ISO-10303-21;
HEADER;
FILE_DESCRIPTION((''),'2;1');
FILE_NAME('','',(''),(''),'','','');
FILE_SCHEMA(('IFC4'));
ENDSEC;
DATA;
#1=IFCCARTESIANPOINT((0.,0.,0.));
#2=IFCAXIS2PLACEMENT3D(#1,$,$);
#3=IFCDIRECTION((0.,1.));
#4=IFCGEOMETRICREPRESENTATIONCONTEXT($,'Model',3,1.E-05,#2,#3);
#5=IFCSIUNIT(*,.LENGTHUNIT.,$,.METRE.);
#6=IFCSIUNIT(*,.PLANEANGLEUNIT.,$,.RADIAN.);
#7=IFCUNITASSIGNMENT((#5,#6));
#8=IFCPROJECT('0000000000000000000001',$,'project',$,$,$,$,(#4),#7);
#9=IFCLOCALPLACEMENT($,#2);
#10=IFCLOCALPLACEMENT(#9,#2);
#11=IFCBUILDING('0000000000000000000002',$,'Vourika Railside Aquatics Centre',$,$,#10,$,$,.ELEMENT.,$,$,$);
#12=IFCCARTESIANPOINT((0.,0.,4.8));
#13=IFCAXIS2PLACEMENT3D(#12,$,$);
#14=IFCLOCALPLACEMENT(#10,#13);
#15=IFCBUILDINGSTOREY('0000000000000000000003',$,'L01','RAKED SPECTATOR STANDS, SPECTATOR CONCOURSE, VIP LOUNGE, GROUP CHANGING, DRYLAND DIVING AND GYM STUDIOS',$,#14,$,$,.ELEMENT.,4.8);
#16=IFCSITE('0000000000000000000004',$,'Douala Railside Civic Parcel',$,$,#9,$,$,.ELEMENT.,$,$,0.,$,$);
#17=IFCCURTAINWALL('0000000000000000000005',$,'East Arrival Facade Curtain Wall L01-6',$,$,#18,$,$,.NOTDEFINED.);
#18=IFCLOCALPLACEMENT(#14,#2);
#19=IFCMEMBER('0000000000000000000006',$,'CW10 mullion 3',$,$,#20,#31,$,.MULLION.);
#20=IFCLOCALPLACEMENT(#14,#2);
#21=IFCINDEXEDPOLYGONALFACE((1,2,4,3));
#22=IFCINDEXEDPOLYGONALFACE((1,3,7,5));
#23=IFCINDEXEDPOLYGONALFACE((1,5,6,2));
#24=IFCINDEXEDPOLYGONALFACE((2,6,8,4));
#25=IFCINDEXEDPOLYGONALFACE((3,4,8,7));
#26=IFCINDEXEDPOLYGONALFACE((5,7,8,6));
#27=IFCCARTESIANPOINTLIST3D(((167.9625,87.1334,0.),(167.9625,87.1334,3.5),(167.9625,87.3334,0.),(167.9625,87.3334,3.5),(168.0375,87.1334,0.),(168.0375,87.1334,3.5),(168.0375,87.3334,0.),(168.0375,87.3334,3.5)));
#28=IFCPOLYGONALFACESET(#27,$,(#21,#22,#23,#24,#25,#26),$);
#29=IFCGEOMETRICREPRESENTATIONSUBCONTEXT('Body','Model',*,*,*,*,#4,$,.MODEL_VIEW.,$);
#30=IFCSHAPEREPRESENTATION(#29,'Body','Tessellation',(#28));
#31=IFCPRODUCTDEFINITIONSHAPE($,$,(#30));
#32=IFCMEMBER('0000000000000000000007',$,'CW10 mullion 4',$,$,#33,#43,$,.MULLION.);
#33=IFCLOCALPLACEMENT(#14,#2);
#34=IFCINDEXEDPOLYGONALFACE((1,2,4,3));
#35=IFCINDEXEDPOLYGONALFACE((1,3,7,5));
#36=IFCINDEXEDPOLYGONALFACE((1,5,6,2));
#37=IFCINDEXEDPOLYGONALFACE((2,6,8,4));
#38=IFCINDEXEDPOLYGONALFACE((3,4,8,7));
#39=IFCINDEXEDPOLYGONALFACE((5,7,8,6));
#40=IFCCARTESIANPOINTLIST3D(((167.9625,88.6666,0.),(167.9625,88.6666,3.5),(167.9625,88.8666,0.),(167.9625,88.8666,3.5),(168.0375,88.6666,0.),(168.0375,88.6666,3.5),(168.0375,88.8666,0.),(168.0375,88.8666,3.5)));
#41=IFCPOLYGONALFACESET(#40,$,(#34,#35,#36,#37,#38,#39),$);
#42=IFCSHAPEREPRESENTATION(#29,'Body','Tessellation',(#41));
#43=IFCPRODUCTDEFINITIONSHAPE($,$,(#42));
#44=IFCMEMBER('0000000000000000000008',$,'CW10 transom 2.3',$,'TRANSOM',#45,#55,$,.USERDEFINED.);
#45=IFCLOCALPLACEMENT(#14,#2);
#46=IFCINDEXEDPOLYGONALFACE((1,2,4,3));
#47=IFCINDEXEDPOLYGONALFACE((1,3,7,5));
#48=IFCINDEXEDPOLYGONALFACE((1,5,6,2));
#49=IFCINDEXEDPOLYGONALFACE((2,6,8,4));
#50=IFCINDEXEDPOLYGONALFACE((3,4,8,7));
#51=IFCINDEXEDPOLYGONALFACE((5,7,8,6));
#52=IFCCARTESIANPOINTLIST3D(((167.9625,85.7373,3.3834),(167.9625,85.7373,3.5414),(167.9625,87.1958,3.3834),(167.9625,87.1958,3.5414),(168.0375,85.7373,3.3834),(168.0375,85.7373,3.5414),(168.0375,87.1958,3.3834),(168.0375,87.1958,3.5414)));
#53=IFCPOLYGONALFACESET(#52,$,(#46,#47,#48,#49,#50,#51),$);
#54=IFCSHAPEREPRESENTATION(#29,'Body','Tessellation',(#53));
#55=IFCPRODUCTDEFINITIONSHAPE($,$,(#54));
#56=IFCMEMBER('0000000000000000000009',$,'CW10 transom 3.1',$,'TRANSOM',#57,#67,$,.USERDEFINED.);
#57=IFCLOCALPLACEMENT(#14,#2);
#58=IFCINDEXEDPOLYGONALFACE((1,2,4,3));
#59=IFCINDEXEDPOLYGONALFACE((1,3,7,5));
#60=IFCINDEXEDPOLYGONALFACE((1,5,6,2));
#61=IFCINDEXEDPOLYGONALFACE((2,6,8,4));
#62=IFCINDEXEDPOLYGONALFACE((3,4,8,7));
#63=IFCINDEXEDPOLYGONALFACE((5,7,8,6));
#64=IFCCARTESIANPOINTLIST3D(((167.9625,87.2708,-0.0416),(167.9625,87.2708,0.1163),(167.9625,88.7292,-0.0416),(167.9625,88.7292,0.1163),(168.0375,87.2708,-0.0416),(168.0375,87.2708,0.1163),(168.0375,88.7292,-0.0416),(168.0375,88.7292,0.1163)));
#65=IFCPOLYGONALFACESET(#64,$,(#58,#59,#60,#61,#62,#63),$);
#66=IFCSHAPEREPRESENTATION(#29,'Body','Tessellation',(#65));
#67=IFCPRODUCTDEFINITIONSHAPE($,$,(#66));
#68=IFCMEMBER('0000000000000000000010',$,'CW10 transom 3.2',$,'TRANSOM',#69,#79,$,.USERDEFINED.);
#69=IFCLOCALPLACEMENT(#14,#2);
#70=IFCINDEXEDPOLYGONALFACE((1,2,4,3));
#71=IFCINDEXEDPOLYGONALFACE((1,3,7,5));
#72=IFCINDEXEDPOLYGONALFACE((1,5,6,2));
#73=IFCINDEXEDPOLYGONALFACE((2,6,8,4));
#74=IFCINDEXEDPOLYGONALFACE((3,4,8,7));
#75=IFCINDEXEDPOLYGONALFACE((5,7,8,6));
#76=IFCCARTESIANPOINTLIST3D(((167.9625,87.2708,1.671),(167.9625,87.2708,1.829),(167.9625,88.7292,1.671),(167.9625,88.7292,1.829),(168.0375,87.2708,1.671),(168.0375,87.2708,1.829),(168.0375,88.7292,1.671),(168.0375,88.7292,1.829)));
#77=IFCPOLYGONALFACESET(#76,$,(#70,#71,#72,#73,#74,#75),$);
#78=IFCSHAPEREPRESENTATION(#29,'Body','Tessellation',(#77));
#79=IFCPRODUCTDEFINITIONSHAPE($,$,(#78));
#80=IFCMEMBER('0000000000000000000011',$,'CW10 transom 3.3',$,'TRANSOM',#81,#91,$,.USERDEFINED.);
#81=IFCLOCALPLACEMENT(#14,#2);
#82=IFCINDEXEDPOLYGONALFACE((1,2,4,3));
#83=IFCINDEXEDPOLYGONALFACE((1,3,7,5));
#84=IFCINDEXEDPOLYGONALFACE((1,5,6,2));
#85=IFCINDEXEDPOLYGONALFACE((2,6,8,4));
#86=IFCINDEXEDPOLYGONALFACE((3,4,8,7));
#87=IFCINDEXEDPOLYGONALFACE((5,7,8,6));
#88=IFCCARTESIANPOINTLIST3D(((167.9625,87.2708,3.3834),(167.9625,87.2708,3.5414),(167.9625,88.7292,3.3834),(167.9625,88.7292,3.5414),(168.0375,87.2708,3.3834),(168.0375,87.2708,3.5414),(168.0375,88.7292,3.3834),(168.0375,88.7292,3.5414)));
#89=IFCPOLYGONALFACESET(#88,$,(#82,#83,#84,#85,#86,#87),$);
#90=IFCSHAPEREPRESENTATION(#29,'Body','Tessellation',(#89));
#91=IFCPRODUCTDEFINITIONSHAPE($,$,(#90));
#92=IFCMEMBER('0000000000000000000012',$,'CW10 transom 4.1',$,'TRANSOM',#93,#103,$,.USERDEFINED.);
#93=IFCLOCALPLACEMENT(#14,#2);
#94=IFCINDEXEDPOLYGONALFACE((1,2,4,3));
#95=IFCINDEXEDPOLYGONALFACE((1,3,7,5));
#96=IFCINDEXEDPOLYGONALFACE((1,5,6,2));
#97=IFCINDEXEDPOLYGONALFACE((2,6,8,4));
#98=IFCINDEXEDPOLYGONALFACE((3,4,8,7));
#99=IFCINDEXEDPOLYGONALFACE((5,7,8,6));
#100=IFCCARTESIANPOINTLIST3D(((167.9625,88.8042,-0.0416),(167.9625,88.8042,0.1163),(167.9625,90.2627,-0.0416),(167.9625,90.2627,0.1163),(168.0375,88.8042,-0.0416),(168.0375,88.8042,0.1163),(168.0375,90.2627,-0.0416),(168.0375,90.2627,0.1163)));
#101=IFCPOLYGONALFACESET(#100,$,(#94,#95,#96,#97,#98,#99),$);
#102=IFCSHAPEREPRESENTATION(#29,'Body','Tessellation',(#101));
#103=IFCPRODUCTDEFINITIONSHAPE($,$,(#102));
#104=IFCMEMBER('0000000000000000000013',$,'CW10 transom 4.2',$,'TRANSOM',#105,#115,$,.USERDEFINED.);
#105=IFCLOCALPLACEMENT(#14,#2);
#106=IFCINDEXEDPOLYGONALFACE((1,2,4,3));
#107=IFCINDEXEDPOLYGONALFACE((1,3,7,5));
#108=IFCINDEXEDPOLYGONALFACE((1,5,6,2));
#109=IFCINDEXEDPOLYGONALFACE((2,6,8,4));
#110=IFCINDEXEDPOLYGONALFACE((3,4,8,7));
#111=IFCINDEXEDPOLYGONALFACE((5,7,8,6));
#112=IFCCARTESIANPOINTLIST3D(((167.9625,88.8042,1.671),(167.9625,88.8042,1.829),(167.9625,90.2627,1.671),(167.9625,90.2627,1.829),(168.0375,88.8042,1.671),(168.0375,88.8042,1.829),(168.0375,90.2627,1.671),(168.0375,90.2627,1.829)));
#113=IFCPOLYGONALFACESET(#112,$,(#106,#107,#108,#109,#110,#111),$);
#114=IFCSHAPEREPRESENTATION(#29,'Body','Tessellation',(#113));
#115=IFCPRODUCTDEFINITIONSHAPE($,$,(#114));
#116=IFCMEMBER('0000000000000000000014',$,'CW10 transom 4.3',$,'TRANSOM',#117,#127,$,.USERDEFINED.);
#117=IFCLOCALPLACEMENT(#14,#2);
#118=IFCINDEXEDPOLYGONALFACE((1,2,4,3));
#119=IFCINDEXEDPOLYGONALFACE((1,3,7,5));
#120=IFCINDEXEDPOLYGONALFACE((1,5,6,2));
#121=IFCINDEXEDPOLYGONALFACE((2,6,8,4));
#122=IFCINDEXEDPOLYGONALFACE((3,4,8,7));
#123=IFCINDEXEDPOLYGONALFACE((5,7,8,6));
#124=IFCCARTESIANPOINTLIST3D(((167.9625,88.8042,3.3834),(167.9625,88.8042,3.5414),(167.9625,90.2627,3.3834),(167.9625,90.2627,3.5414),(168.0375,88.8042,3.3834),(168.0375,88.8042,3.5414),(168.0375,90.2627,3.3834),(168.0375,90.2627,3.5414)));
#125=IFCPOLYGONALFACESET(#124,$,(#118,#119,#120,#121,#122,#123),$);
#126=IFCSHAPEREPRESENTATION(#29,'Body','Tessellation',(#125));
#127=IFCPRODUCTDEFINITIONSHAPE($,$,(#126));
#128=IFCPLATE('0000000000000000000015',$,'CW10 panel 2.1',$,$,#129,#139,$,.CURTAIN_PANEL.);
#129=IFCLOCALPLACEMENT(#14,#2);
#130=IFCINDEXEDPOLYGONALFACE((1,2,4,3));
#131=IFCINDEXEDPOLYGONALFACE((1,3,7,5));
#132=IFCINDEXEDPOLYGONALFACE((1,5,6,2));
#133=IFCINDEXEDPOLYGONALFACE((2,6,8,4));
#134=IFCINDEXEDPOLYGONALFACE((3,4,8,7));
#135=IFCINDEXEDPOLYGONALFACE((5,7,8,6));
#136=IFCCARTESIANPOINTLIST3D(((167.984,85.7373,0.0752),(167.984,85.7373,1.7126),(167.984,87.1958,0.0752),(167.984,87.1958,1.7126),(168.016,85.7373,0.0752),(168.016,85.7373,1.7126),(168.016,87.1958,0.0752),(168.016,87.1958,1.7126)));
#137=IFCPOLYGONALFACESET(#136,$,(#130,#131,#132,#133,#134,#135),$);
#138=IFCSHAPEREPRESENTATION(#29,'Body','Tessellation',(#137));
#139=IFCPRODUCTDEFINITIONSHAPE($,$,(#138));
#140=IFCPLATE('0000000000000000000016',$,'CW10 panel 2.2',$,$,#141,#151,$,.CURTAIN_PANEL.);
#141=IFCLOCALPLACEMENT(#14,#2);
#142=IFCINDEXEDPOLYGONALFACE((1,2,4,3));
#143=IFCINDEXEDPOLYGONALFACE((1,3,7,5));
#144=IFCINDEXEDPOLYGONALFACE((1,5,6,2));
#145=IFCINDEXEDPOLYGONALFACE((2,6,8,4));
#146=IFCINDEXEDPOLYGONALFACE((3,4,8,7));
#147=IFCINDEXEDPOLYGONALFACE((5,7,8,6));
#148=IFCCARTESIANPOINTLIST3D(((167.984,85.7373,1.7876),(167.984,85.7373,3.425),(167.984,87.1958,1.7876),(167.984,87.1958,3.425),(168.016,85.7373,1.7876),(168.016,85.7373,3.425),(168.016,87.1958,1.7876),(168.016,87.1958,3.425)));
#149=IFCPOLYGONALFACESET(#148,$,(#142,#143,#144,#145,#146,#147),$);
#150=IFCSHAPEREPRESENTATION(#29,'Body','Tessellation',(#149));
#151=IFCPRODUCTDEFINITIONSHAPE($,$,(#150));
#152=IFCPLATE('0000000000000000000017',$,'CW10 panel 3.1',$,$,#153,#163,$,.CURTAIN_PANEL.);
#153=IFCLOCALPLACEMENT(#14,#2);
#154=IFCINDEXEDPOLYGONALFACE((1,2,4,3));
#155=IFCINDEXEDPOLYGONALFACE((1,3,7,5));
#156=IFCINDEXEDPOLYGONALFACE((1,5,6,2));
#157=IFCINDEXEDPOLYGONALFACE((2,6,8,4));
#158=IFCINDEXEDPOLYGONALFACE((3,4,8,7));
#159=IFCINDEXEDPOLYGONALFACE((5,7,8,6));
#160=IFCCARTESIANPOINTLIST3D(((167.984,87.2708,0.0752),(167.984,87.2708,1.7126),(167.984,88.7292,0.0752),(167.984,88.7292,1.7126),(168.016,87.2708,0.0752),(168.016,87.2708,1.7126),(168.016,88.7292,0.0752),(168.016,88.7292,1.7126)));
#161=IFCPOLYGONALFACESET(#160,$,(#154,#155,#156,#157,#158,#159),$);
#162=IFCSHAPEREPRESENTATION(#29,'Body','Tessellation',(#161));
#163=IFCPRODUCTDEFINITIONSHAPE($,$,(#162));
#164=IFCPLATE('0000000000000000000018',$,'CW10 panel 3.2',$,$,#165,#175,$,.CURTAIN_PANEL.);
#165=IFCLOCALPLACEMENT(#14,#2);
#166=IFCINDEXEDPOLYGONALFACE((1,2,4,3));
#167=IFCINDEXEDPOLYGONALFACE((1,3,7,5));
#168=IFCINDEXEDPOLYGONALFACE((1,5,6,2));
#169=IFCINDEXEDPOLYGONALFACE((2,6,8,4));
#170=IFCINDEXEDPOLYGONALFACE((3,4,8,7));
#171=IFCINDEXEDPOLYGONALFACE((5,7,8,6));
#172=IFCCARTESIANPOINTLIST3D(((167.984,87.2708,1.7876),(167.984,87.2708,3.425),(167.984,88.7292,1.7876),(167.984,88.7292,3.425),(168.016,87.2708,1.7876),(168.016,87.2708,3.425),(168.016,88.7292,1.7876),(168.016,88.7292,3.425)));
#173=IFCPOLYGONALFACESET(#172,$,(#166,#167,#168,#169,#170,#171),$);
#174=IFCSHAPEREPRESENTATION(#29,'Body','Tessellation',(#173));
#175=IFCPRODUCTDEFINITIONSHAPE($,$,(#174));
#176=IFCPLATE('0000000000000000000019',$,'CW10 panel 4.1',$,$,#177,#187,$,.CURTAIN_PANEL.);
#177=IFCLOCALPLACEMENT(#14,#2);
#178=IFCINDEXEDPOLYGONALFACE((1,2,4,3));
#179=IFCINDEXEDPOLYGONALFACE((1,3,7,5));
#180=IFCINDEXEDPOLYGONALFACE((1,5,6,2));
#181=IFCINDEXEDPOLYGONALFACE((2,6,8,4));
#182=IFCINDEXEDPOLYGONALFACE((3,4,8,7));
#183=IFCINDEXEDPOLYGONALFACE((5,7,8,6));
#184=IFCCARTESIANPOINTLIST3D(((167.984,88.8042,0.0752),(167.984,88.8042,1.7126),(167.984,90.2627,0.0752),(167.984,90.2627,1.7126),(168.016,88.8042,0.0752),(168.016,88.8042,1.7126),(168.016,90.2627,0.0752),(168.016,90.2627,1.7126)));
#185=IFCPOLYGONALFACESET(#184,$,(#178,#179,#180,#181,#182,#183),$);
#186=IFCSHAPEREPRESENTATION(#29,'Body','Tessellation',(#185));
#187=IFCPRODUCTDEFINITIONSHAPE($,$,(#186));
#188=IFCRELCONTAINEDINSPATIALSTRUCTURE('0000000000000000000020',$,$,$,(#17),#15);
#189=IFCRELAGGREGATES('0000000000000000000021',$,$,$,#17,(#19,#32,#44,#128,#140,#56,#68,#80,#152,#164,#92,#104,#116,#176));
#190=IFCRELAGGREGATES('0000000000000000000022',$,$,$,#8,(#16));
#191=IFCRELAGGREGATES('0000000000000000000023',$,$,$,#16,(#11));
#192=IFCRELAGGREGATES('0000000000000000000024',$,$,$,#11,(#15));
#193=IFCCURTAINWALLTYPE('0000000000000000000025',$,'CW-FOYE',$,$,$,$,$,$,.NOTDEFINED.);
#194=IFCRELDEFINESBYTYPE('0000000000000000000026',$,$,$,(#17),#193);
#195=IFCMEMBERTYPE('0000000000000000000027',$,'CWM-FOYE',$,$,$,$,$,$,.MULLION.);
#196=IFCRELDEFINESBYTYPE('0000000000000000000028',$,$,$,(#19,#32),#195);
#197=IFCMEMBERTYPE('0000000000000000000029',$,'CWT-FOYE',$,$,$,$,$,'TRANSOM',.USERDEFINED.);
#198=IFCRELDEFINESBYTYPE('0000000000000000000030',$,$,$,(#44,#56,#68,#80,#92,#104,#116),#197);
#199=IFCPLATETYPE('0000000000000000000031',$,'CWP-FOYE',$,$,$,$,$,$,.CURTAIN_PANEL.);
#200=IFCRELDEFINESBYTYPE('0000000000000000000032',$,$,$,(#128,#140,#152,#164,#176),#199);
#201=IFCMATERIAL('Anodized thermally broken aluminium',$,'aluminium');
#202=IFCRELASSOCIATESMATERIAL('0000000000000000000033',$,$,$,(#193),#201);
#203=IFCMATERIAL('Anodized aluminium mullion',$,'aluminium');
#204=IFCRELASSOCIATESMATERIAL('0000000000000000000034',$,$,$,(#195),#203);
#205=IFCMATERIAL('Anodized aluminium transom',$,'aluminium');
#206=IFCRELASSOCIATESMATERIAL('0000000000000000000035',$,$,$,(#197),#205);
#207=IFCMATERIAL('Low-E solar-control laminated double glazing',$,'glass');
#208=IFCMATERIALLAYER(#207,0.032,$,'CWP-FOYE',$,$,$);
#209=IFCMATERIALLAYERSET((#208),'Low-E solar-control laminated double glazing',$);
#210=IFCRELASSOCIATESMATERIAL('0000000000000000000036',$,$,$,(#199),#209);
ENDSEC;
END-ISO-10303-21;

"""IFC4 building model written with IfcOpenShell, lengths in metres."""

from ifc_helpers import new_model, si_unit, direction, frame, origin, origin_2d, place, context, subcontext, project, spatial, rectangle, extrude, material, layer, layer_set, material_profile, profile_set, type_object, element, aggregate, save


model = new_model("IFC4")

# Units and contexts
model_context = context("Model", 3, precision=1e-05, world=origin(), true_north=direction((0.0, 1.0)))
body_context = subcontext(model_context, "Body", "Model", "MODEL_VIEW")
ifc_project = project(units=[si_unit("LENGTHUNIT", "METRE"), si_unit("PLANEANGLEUNIT", "RADIAN")], contexts=[model_context])

# Site, building, storey
site_placement = place(None, origin())
site = spatial("IfcSite", under=ifc_project, at=site_placement, Name="Douala Railside Civic Parcel", CompositionType="ELEMENT", RefElevation=0.0)
building_placement = place(site_placement, origin())
building = spatial("IfcBuilding", under=site, at=building_placement, Name="Vourika Railside Aquatics Centre", CompositionType="ELEMENT")
storey_placement = place(building_placement, frame((0.0, 0.0, 4.8)))
storey = spatial("IfcBuildingStorey", under=building, at=storey_placement, Name="L01", Description="RAKED SPECTATOR STANDS, SPECTATOR CONCOURSE, VIP LOUNGE, GROUP CHANGING, DRYLAND DIVING AND GYM STUDIOS", CompositionType="ELEMENT", Elevation=4.8)

# Curtain wall, members, plates
ifc_material_1 = material(Name="Anodized thermally broken aluminium", Category="aluminium")
curtain_wall_type = type_object("IfcCurtainWallType", Name="CW-FOYE", PredefinedType="NOTDEFINED", material=ifc_material_1)
curtain_wall_placement = place(storey_placement, origin())
curtain_wall = element("IfcCurtainWall", 1, at=curtain_wall_placement, inside=storey, type_object=curtain_wall_type, Name="East Arrival Facade Curtain Wall L01-6", PredefinedType="NOTDEFINED")
ifc_material_2 = material(Name="Anodized aluminium mullion", Category="aluminium")
ifc_material_profile_1 = material_profile(ifc_material_2, rectangle(XDim=0.075, YDim=0.2, at=origin_2d()), Name="ALU-M 75x200")
ifc_profile_set_1 = profile_set([ifc_material_profile_1], Name="Anodized aluminium mullion")
member_type_1 = type_object("IfcMemberType", Name="CWM-FOYE", PredefinedType="MULLION", material=ifc_profile_set_1)
member_1_placement = place(storey_placement, frame((168.0, 87.2334, 0.0), z_axis=(0.0, 0.0, 1.0), x_axis=(-1.0, 0.0, 0.0)))
member_1 = element("IfcMember", 2, at=member_1_placement, type_object=member_type_1, Name="CW10 mullion 3", PredefinedType="MULLION", context=body_context, shape_type="SweptSolid", body=[
    extrude(rectangle(XDim=0.075, YDim=0.2, at=origin_2d()), origin(), (0.0, 0.0, 1.0), 3.5),
])
member_2_placement = place(storey_placement, frame((168.0, 88.7666, 0.0), z_axis=(0.0, 0.0, 1.0), x_axis=(-1.0, 0.0, 0.0)))
member_2 = element("IfcMember", 3, at=member_2_placement, type_object=member_type_1, Name="CW10 mullion 4", PredefinedType="MULLION", context=body_context, shape_type="SweptSolid", body=[
    extrude(rectangle(XDim=0.075, YDim=0.2, at=origin_2d()), origin(), (0.0, 0.0, 1.0), 3.5),
])
ifc_material_3 = material(Name="Anodized aluminium transom", Category="aluminium")
ifc_material_profile_2 = material_profile(ifc_material_3, rectangle(XDim=0.075, YDim=0.158, at=origin_2d()), Name="ALU-T 75x158")
ifc_profile_set_2 = profile_set([ifc_material_profile_2], Name="Anodized aluminium transom")
member_type_2 = type_object("IfcMemberType", Name="CWT-FOYE", ElementType="TRANSOM", PredefinedType="USERDEFINED", material=ifc_profile_set_2)
member_3_placement = place(storey_placement, frame((168.0, 85.7373, 3.4624), z_axis=(0.0, 1.0, 0.0), x_axis=(-1.0, 0.0, 0.0)))
member_3 = element("IfcMember", 4, at=member_3_placement, type_object=member_type_2, Name="CW10 transom 2.3", ObjectType="TRANSOM", PredefinedType="USERDEFINED", context=body_context, shape_type="SweptSolid", body=[
    extrude(rectangle(XDim=0.075, YDim=0.158, at=origin_2d()), origin(), (0.0, 0.0, 1.0), 1.4585),
])
member_4_placement = place(storey_placement, frame((168.0, 87.2708, 0.0374), z_axis=(0.0, 1.0, 0.0), x_axis=(-1.0, 0.0, 0.0)))
member_4 = element("IfcMember", 5, at=member_4_placement, type_object=member_type_2, Name="CW10 transom 3.1", ObjectType="TRANSOM", PredefinedType="USERDEFINED", context=body_context, shape_type="SweptSolid", body=[
    extrude(rectangle(XDim=0.075, YDim=0.158, at=origin_2d()), origin(), (0.0, 0.0, 1.0), 1.4585),
])
member_5_placement = place(storey_placement, frame((168.0, 87.2708, 1.75), z_axis=(0.0, 1.0, 0.0), x_axis=(-1.0, 0.0, 0.0)))
member_5 = element("IfcMember", 6, at=member_5_placement, type_object=member_type_2, Name="CW10 transom 3.2", ObjectType="TRANSOM", PredefinedType="USERDEFINED", context=body_context, shape_type="SweptSolid", body=[
    extrude(rectangle(XDim=0.075, YDim=0.158, at=origin_2d()), origin(), (0.0, 0.0, 1.0), 1.4585),
])
member_6_placement = place(storey_placement, frame((168.0, 87.2708, 3.4624), z_axis=(0.0, 1.0, 0.0), x_axis=(-1.0, 0.0, 0.0)))
member_6 = element("IfcMember", 7, at=member_6_placement, type_object=member_type_2, Name="CW10 transom 3.3", ObjectType="TRANSOM", PredefinedType="USERDEFINED", context=body_context, shape_type="SweptSolid", body=[
    extrude(rectangle(XDim=0.075, YDim=0.158, at=origin_2d()), origin(), (0.0, 0.0, 1.0), 1.4585),
])
member_7_placement = place(storey_placement, frame((168.0, 88.8042, 0.0374), z_axis=(0.0, 1.0, 0.0), x_axis=(-1.0, 0.0, 0.0)))
member_7 = element("IfcMember", 8, at=member_7_placement, type_object=member_type_2, Name="CW10 transom 4.1", ObjectType="TRANSOM", PredefinedType="USERDEFINED", context=body_context, shape_type="SweptSolid", body=[
    extrude(rectangle(XDim=0.075, YDim=0.158, at=origin_2d()), origin(), (0.0, 0.0, 1.0), 1.4585),
])
member_8_placement = place(storey_placement, frame((168.0, 88.8042, 1.75), z_axis=(0.0, 1.0, 0.0), x_axis=(-1.0, 0.0, 0.0)))
member_8 = element("IfcMember", 9, at=member_8_placement, type_object=member_type_2, Name="CW10 transom 4.2", ObjectType="TRANSOM", PredefinedType="USERDEFINED", context=body_context, shape_type="SweptSolid", body=[
    extrude(rectangle(XDim=0.075, YDim=0.158, at=origin_2d()), origin(), (0.0, 0.0, 1.0), 1.4585),
])
member_9_placement = place(storey_placement, frame((168.0, 88.8042, 3.4624), z_axis=(0.0, 1.0, 0.0), x_axis=(-1.0, 0.0, 0.0)))
member_9 = element("IfcMember", 10, at=member_9_placement, type_object=member_type_2, Name="CW10 transom 4.3", ObjectType="TRANSOM", PredefinedType="USERDEFINED", context=body_context, shape_type="SweptSolid", body=[
    extrude(rectangle(XDim=0.075, YDim=0.158, at=origin_2d()), origin(), (0.0, 0.0, 1.0), 1.4585),
])
ifc_material_4 = material(Name="Low-E solar-control laminated double glazing", Category="glass")
ifc_layer = layer(ifc_material_4, 0.032, Name="CWP-FOYE")
ifc_layer_set = layer_set([ifc_layer], Name="Low-E solar-control laminated double glazing")
plate_type = type_object("IfcPlateType", Name="CWP-FOYE", PredefinedType="CURTAIN_PANEL", material=ifc_layer_set)
plate_1_placement = place(storey_placement, frame((168.0, 86.4666, 0.0752), z_axis=(0.0, 0.0, 1.0), x_axis=(0.0, 1.0, 0.0)))
plate_1 = element("IfcPlate", 11, at=plate_1_placement, type_object=plate_type, Name="CW10 panel 2.1", PredefinedType="CURTAIN_PANEL", context=body_context, shape_type="SweptSolid", body=[
    extrude(rectangle(XDim=1.4585, YDim=0.032, at=origin_2d()), origin(), (0.0, 0.0, 1.0), 1.6375),
])
plate_2_placement = place(storey_placement, frame((168.0, 86.4666, 1.7876), z_axis=(0.0, 0.0, 1.0), x_axis=(0.0, 1.0, 0.0)))
plate_2 = element("IfcPlate", 12, at=plate_2_placement, type_object=plate_type, Name="CW10 panel 2.2", PredefinedType="CURTAIN_PANEL", context=body_context, shape_type="SweptSolid", body=[
    extrude(rectangle(XDim=1.4585, YDim=0.032, at=origin_2d()), origin(), (0.0, 0.0, 1.0), 1.6375),
])
plate_3_placement = place(storey_placement, frame((168.0, 88.0, 0.0752), z_axis=(0.0, 0.0, 1.0), x_axis=(0.0, 1.0, 0.0)))
plate_3 = element("IfcPlate", 13, at=plate_3_placement, type_object=plate_type, Name="CW10 panel 3.1", PredefinedType="CURTAIN_PANEL", context=body_context, shape_type="SweptSolid", body=[
    extrude(rectangle(XDim=1.4585, YDim=0.032, at=origin_2d()), origin(), (0.0, 0.0, 1.0), 1.6375),
])
plate_4_placement = place(storey_placement, frame((168.0, 88.0, 1.7876), z_axis=(0.0, 0.0, 1.0), x_axis=(0.0, 1.0, 0.0)))
plate_4 = element("IfcPlate", 14, at=plate_4_placement, type_object=plate_type, Name="CW10 panel 3.2", PredefinedType="CURTAIN_PANEL", context=body_context, shape_type="SweptSolid", body=[
    extrude(rectangle(XDim=1.4585, YDim=0.032, at=origin_2d()), origin(), (0.0, 0.0, 1.0), 1.6375),
])
plate_5_placement = place(storey_placement, frame((168.0, 89.5334, 0.0752), z_axis=(0.0, 0.0, 1.0), x_axis=(0.0, 1.0, 0.0)))
plate_5 = element("IfcPlate", 15, at=plate_5_placement, type_object=plate_type, Name="CW10 panel 4.1", PredefinedType="CURTAIN_PANEL", context=body_context, shape_type="SweptSolid", body=[
    extrude(rectangle(XDim=1.4585, YDim=0.032, at=origin_2d()), origin(), (0.0, 0.0, 1.0), 1.6375),
])
aggregate(curtain_wall, [member_1, member_2, member_3, plate_1, plate_2, member_4, member_5, member_6, plate_3, plate_4, member_7, member_8, member_9, plate_5])

save(model, "model.ifc")
